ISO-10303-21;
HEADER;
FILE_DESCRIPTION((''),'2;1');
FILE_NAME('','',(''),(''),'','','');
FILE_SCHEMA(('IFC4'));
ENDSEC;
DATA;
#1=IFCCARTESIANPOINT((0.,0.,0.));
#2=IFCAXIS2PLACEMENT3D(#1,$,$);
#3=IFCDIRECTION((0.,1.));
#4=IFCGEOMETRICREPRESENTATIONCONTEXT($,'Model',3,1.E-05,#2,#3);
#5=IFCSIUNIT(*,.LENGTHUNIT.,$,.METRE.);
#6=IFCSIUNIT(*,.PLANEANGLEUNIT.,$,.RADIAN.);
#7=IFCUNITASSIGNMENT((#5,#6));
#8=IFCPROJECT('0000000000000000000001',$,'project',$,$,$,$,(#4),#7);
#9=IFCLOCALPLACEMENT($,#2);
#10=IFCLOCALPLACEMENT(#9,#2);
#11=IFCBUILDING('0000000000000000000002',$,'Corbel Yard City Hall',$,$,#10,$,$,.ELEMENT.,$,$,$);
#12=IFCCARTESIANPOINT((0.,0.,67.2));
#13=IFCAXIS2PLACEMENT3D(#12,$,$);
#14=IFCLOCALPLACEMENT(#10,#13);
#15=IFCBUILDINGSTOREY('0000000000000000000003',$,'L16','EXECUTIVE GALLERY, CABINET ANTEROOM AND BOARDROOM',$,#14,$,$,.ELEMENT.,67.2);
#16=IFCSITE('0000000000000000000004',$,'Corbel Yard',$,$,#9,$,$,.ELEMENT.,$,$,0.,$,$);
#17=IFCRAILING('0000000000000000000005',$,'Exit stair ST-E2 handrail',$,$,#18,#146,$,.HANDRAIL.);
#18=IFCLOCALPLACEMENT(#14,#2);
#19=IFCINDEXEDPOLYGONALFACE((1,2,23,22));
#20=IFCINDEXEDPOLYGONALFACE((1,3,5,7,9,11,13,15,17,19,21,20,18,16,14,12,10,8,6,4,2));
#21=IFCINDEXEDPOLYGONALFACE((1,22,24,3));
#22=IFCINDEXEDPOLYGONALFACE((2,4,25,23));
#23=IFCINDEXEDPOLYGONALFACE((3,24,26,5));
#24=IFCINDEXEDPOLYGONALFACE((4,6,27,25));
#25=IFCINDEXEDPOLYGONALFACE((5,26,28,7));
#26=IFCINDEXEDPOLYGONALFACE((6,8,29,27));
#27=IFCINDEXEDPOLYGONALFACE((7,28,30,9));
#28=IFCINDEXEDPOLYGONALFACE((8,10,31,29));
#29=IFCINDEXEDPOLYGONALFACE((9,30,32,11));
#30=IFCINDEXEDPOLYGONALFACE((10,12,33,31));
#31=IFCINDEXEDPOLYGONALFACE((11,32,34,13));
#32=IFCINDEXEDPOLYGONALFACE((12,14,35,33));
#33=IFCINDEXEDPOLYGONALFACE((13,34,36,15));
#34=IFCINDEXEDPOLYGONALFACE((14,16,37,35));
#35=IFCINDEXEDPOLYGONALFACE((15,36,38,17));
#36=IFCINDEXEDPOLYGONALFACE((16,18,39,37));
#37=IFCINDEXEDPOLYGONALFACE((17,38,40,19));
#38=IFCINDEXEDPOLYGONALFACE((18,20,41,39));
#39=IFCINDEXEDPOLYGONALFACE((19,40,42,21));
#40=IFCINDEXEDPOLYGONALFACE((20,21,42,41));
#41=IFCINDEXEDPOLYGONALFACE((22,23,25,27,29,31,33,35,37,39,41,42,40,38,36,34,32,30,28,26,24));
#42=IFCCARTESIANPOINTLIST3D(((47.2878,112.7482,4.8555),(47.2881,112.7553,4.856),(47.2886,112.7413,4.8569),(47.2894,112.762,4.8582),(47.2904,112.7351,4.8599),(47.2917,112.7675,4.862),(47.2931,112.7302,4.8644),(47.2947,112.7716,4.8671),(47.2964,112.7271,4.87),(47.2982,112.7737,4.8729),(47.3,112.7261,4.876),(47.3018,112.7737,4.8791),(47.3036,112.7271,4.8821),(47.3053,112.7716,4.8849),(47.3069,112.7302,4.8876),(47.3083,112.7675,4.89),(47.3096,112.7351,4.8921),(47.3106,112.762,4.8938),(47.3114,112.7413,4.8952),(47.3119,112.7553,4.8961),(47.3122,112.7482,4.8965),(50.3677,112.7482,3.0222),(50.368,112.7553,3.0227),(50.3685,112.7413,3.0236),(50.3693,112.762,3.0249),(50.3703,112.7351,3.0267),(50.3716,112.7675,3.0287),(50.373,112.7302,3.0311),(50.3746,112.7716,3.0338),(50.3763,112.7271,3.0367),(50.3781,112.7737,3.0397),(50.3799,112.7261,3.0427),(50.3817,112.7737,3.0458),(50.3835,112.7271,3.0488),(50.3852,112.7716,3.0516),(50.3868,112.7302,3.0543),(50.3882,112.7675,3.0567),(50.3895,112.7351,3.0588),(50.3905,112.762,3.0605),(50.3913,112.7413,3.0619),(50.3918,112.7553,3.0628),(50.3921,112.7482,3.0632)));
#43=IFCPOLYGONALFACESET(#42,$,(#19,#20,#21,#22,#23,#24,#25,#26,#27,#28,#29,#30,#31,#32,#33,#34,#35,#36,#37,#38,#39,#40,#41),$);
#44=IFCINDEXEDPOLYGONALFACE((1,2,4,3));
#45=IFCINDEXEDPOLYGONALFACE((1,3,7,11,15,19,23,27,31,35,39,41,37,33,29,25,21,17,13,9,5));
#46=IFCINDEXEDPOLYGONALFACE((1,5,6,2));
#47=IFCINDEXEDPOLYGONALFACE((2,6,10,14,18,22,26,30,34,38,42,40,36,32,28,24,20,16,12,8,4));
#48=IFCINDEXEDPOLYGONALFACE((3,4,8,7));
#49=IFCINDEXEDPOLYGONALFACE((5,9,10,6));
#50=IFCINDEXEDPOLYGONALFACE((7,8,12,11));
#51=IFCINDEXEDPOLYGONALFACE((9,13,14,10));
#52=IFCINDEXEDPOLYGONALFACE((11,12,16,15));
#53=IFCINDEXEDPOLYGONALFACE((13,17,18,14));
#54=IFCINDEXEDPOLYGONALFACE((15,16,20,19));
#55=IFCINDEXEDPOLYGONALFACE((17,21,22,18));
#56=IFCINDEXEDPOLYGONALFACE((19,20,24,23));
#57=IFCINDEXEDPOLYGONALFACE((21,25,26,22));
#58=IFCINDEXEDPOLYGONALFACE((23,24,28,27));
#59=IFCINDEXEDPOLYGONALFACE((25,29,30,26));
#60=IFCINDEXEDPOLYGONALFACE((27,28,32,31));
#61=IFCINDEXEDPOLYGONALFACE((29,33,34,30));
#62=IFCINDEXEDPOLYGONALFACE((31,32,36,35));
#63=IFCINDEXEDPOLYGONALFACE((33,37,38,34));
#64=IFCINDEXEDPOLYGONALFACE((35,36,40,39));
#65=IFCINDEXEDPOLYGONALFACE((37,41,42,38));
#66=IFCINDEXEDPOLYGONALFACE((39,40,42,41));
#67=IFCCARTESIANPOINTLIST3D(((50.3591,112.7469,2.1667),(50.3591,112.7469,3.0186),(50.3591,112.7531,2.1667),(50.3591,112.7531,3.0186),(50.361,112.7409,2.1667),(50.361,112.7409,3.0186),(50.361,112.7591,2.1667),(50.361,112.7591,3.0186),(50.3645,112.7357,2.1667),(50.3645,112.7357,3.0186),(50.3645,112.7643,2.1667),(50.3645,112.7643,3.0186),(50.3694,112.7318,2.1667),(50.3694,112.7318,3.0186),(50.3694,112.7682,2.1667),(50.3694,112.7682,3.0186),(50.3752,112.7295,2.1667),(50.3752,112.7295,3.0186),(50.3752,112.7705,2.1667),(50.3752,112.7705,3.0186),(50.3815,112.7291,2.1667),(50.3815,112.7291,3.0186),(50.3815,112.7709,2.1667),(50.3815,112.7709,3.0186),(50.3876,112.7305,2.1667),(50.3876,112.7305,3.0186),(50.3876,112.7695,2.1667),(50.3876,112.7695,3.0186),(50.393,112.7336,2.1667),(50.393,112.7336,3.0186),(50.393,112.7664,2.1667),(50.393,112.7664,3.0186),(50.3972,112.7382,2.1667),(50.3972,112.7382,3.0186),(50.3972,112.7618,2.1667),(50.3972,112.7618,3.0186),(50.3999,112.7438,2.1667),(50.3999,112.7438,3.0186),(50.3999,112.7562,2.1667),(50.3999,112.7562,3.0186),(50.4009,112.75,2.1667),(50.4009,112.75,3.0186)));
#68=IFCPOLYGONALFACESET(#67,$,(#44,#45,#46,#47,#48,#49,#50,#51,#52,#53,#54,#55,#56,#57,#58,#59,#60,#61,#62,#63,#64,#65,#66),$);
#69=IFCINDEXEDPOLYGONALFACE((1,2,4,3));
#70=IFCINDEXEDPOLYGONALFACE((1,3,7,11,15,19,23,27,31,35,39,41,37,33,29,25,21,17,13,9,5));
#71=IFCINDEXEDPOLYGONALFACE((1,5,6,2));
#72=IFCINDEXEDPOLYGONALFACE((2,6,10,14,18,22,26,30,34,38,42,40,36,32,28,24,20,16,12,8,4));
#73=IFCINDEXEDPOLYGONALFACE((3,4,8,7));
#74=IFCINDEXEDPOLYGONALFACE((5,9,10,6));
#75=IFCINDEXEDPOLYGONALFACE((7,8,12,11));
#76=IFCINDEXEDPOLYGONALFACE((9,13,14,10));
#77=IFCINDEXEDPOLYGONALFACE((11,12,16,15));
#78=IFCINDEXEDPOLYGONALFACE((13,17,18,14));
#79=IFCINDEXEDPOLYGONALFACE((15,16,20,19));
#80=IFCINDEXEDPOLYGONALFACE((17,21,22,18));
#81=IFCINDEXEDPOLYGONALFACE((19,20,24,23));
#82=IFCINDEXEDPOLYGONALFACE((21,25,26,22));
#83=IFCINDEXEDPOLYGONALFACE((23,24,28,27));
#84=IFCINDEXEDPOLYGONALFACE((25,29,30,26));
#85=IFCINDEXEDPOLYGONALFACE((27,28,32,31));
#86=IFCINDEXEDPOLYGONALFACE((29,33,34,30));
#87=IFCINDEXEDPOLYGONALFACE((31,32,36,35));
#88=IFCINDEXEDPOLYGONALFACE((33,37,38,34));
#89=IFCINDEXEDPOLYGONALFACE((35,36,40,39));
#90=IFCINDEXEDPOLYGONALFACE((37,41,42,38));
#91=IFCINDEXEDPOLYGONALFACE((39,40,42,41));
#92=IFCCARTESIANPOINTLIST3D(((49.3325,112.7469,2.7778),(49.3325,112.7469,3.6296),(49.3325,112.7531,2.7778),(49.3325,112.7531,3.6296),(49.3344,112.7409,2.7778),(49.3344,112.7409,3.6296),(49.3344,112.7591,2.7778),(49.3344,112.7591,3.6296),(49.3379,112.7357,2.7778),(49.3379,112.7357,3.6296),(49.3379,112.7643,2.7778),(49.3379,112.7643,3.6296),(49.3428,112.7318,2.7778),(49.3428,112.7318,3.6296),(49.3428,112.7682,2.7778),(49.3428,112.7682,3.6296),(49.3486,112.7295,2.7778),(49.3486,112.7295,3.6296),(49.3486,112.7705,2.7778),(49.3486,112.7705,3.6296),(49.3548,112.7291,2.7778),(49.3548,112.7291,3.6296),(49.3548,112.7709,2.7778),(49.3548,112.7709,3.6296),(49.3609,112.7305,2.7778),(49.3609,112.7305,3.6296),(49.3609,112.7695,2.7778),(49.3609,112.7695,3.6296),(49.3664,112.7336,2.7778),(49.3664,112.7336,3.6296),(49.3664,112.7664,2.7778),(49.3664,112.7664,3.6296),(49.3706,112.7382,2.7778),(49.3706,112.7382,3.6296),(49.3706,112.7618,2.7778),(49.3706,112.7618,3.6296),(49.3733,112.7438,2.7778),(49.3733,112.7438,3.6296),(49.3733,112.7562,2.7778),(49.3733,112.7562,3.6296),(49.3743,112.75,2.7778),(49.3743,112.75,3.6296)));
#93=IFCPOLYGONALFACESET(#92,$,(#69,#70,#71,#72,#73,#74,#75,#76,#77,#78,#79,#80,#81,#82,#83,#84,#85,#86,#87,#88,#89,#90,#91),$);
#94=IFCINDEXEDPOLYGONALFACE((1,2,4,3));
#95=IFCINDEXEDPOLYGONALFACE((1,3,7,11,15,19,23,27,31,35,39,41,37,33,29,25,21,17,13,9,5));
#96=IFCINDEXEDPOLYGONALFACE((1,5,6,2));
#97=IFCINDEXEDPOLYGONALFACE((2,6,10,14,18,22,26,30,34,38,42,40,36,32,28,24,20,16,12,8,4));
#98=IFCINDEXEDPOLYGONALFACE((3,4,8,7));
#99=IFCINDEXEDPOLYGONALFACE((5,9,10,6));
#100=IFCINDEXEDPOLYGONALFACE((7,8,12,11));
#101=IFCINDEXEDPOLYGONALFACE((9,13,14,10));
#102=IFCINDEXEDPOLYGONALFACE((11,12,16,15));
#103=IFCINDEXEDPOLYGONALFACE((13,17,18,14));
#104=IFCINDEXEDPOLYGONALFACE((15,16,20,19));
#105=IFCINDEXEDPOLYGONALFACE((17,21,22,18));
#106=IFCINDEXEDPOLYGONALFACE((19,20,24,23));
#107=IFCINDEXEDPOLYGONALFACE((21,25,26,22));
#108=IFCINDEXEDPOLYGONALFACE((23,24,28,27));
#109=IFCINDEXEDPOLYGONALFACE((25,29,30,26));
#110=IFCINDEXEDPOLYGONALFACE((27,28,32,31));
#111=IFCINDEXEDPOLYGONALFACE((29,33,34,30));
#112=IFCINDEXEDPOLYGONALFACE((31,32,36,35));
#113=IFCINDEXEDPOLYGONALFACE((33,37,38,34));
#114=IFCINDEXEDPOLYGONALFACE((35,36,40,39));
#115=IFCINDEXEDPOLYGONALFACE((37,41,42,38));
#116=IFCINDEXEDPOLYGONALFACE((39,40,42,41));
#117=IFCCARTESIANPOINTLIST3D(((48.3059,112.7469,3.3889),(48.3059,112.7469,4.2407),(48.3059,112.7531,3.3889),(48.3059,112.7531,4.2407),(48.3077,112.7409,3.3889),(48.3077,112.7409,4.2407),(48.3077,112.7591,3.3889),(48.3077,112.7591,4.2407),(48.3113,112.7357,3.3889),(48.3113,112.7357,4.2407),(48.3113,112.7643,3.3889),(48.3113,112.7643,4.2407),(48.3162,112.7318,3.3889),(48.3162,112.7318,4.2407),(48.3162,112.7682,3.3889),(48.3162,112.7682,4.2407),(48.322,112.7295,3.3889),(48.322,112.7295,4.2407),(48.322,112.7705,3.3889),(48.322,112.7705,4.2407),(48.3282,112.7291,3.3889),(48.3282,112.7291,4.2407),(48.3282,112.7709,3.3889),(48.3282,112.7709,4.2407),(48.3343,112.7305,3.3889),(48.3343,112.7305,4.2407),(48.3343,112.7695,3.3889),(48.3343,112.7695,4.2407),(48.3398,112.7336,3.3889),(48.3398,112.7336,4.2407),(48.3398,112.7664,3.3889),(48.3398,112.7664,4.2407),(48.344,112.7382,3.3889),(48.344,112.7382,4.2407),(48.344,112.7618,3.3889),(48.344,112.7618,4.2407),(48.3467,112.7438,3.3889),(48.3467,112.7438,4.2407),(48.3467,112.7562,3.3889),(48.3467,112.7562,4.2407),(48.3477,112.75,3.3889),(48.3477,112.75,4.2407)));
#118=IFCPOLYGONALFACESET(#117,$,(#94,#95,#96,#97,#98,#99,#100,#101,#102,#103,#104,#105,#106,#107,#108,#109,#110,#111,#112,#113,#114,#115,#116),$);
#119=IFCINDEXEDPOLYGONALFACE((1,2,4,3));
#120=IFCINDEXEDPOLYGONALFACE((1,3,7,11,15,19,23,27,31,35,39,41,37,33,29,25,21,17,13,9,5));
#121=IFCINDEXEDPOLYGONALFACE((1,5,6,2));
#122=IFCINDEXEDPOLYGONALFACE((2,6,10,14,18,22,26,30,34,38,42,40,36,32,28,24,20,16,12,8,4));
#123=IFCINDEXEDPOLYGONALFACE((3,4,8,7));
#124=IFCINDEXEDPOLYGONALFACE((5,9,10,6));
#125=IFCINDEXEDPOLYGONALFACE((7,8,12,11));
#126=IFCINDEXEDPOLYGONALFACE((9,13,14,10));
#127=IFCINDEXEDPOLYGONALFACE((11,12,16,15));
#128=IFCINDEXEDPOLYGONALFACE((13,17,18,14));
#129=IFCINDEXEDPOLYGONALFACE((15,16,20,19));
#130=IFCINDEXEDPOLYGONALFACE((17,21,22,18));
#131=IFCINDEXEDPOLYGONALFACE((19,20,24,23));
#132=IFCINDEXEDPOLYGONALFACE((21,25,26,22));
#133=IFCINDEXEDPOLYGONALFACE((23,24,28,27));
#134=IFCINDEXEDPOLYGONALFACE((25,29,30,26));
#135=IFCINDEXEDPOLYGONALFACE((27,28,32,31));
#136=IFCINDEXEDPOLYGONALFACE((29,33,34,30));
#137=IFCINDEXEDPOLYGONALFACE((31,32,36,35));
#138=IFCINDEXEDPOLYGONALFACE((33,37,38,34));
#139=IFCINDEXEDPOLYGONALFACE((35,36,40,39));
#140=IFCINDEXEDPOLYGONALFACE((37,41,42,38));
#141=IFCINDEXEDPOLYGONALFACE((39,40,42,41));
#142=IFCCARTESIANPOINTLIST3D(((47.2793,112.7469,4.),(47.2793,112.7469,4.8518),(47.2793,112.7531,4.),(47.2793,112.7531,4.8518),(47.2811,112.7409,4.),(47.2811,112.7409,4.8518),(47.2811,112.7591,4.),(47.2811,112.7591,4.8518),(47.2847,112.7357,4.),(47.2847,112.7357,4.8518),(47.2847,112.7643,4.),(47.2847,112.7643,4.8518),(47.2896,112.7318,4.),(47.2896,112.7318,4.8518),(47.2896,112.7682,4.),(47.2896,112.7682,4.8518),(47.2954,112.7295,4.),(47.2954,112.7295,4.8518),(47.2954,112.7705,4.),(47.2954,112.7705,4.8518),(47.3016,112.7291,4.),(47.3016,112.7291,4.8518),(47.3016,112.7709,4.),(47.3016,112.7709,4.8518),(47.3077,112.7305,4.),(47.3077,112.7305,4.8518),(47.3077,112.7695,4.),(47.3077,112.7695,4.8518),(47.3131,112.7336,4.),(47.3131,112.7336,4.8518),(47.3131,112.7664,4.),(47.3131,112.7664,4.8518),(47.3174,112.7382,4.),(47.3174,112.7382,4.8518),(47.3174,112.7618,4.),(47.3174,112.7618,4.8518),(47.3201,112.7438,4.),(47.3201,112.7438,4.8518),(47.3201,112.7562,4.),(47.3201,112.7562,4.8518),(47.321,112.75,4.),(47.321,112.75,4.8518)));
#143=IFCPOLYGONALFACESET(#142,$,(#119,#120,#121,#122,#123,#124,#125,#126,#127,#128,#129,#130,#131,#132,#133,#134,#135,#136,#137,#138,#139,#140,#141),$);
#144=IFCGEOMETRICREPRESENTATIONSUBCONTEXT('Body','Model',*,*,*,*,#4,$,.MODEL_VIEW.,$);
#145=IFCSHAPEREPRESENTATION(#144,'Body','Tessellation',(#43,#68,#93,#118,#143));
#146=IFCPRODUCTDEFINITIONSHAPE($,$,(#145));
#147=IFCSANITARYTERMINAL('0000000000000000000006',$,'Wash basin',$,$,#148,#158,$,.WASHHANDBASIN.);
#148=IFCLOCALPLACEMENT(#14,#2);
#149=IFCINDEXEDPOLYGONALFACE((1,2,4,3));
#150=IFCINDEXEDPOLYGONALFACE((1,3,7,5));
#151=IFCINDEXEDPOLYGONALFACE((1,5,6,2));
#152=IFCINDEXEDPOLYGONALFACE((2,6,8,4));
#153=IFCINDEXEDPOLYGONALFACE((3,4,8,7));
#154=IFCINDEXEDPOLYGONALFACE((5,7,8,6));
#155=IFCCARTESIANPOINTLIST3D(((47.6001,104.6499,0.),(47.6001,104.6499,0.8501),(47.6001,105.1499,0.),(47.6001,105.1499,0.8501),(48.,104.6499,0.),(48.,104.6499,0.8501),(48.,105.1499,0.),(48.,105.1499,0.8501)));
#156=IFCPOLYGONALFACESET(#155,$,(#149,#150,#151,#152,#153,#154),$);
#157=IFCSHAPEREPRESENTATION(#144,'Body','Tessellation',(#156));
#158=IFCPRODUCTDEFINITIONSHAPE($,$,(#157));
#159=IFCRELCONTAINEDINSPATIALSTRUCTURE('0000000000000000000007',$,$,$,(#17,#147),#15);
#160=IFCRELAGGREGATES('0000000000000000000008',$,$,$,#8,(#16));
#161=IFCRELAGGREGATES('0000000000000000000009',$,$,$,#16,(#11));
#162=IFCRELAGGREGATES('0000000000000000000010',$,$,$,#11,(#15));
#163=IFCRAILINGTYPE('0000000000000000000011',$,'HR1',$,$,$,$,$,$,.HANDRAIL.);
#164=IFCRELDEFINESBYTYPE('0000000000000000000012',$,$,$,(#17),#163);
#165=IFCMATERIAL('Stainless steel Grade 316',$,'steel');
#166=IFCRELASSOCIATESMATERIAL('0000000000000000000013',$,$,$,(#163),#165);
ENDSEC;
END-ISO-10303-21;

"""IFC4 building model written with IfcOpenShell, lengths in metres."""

from ifc_helpers import new_model, si_unit, direction, frame, origin, origin_2d, place, context, subcontext, project, spatial, rectangle, circle, extrude, material, type_object, element, save


model = new_model("IFC4")

# Units and contexts
model_context = context("Model", 3, precision=1e-05, world=origin(), true_north=direction((0.0, 1.0)))
body_context = subcontext(model_context, "Body", "Model", "MODEL_VIEW")
ifc_project = project(units=[si_unit("LENGTHUNIT", "METRE"), si_unit("PLANEANGLEUNIT", "RADIAN")], contexts=[model_context])

# Site, building, storey
site_placement = place(None, origin())
site = spatial("IfcSite", under=ifc_project, at=site_placement, Name="Corbel Yard", CompositionType="ELEMENT", RefElevation=0.0)
building_placement = place(site_placement, origin())
building = spatial("IfcBuilding", under=site, at=building_placement, Name="Corbel Yard City Hall", CompositionType="ELEMENT")
storey_placement = place(building_placement, frame((0.0, 0.0, 67.2)))
storey = spatial("IfcBuildingStorey", under=building, at=storey_placement, Name="L16", Description="EXECUTIVE GALLERY, CABINET ANTEROOM AND BOARDROOM", CompositionType="ELEMENT", Elevation=67.2)

# Shared definitions
ifc_material_1 = material(Name="Stainless steel Grade 316", Category="steel")

# Railing
railing_type_1 = type_object("IfcRailingType", Name="HR1", PredefinedType="HANDRAIL", material=ifc_material_1)
for number, where, name in (
    (1, (50.3799, 112.75, 2.1667), "Exit stair ST-E2 handrail"),
):
    element("IfcRailing", number, at=place(storey_placement, frame(where)), inside=storey, type_object=railing_type_1, Name=name, PredefinedType="HANDRAIL", context=body_context, shape_type="SweptSolid", body=[
        extrude(circle(Radius=0.0239, at=origin_2d()), frame((0.0, 0.0, 0.876), z_axis=(-0.859291, 0.0, 0.511487), x_axis=(0.0, -1.0, 0.0)), (0.0, 0.0, 1.0), 3.5842),
        extrude(circle(Radius=0.021, at=origin_2d()), origin(), (0.0, 0.0, 1.0), 0.8518),
        extrude(circle(Radius=0.021, at=origin_2d()), frame((-1.0266, 0.0, 0.6111)), (0.0, 0.0, 1.0), 0.8518),
        extrude(circle(Radius=0.021, at=origin_2d()), frame((-2.0532, 0.0, 1.2222)), (0.0, 0.0, 1.0), 0.8518),
        extrude(circle(Radius=0.021, at=origin_2d()), frame((-3.0798, 0.0, 1.8333)), (0.0, 0.0, 1.0), 0.8518),
    ])

# Sanitary terminal
sanitary_terminal_placement = place(storey_placement, frame((47.8, 104.8999, 0.0), z_axis=(0.0, 0.0, 1.0), x_axis=(1.0, 0.0, 0.0)))
element("IfcSanitaryTerminal", 2, at=sanitary_terminal_placement, inside=storey, Name="Wash basin", PredefinedType="WASHHANDBASIN", context=body_context, shape_type="SweptSolid", body=[
    extrude(rectangle(XDim=0.3999, YDim=0.5, at=origin_2d()), origin(), (0.0, 0.0, 1.0), 0.8501),
])

save(model, "model.ifc")
